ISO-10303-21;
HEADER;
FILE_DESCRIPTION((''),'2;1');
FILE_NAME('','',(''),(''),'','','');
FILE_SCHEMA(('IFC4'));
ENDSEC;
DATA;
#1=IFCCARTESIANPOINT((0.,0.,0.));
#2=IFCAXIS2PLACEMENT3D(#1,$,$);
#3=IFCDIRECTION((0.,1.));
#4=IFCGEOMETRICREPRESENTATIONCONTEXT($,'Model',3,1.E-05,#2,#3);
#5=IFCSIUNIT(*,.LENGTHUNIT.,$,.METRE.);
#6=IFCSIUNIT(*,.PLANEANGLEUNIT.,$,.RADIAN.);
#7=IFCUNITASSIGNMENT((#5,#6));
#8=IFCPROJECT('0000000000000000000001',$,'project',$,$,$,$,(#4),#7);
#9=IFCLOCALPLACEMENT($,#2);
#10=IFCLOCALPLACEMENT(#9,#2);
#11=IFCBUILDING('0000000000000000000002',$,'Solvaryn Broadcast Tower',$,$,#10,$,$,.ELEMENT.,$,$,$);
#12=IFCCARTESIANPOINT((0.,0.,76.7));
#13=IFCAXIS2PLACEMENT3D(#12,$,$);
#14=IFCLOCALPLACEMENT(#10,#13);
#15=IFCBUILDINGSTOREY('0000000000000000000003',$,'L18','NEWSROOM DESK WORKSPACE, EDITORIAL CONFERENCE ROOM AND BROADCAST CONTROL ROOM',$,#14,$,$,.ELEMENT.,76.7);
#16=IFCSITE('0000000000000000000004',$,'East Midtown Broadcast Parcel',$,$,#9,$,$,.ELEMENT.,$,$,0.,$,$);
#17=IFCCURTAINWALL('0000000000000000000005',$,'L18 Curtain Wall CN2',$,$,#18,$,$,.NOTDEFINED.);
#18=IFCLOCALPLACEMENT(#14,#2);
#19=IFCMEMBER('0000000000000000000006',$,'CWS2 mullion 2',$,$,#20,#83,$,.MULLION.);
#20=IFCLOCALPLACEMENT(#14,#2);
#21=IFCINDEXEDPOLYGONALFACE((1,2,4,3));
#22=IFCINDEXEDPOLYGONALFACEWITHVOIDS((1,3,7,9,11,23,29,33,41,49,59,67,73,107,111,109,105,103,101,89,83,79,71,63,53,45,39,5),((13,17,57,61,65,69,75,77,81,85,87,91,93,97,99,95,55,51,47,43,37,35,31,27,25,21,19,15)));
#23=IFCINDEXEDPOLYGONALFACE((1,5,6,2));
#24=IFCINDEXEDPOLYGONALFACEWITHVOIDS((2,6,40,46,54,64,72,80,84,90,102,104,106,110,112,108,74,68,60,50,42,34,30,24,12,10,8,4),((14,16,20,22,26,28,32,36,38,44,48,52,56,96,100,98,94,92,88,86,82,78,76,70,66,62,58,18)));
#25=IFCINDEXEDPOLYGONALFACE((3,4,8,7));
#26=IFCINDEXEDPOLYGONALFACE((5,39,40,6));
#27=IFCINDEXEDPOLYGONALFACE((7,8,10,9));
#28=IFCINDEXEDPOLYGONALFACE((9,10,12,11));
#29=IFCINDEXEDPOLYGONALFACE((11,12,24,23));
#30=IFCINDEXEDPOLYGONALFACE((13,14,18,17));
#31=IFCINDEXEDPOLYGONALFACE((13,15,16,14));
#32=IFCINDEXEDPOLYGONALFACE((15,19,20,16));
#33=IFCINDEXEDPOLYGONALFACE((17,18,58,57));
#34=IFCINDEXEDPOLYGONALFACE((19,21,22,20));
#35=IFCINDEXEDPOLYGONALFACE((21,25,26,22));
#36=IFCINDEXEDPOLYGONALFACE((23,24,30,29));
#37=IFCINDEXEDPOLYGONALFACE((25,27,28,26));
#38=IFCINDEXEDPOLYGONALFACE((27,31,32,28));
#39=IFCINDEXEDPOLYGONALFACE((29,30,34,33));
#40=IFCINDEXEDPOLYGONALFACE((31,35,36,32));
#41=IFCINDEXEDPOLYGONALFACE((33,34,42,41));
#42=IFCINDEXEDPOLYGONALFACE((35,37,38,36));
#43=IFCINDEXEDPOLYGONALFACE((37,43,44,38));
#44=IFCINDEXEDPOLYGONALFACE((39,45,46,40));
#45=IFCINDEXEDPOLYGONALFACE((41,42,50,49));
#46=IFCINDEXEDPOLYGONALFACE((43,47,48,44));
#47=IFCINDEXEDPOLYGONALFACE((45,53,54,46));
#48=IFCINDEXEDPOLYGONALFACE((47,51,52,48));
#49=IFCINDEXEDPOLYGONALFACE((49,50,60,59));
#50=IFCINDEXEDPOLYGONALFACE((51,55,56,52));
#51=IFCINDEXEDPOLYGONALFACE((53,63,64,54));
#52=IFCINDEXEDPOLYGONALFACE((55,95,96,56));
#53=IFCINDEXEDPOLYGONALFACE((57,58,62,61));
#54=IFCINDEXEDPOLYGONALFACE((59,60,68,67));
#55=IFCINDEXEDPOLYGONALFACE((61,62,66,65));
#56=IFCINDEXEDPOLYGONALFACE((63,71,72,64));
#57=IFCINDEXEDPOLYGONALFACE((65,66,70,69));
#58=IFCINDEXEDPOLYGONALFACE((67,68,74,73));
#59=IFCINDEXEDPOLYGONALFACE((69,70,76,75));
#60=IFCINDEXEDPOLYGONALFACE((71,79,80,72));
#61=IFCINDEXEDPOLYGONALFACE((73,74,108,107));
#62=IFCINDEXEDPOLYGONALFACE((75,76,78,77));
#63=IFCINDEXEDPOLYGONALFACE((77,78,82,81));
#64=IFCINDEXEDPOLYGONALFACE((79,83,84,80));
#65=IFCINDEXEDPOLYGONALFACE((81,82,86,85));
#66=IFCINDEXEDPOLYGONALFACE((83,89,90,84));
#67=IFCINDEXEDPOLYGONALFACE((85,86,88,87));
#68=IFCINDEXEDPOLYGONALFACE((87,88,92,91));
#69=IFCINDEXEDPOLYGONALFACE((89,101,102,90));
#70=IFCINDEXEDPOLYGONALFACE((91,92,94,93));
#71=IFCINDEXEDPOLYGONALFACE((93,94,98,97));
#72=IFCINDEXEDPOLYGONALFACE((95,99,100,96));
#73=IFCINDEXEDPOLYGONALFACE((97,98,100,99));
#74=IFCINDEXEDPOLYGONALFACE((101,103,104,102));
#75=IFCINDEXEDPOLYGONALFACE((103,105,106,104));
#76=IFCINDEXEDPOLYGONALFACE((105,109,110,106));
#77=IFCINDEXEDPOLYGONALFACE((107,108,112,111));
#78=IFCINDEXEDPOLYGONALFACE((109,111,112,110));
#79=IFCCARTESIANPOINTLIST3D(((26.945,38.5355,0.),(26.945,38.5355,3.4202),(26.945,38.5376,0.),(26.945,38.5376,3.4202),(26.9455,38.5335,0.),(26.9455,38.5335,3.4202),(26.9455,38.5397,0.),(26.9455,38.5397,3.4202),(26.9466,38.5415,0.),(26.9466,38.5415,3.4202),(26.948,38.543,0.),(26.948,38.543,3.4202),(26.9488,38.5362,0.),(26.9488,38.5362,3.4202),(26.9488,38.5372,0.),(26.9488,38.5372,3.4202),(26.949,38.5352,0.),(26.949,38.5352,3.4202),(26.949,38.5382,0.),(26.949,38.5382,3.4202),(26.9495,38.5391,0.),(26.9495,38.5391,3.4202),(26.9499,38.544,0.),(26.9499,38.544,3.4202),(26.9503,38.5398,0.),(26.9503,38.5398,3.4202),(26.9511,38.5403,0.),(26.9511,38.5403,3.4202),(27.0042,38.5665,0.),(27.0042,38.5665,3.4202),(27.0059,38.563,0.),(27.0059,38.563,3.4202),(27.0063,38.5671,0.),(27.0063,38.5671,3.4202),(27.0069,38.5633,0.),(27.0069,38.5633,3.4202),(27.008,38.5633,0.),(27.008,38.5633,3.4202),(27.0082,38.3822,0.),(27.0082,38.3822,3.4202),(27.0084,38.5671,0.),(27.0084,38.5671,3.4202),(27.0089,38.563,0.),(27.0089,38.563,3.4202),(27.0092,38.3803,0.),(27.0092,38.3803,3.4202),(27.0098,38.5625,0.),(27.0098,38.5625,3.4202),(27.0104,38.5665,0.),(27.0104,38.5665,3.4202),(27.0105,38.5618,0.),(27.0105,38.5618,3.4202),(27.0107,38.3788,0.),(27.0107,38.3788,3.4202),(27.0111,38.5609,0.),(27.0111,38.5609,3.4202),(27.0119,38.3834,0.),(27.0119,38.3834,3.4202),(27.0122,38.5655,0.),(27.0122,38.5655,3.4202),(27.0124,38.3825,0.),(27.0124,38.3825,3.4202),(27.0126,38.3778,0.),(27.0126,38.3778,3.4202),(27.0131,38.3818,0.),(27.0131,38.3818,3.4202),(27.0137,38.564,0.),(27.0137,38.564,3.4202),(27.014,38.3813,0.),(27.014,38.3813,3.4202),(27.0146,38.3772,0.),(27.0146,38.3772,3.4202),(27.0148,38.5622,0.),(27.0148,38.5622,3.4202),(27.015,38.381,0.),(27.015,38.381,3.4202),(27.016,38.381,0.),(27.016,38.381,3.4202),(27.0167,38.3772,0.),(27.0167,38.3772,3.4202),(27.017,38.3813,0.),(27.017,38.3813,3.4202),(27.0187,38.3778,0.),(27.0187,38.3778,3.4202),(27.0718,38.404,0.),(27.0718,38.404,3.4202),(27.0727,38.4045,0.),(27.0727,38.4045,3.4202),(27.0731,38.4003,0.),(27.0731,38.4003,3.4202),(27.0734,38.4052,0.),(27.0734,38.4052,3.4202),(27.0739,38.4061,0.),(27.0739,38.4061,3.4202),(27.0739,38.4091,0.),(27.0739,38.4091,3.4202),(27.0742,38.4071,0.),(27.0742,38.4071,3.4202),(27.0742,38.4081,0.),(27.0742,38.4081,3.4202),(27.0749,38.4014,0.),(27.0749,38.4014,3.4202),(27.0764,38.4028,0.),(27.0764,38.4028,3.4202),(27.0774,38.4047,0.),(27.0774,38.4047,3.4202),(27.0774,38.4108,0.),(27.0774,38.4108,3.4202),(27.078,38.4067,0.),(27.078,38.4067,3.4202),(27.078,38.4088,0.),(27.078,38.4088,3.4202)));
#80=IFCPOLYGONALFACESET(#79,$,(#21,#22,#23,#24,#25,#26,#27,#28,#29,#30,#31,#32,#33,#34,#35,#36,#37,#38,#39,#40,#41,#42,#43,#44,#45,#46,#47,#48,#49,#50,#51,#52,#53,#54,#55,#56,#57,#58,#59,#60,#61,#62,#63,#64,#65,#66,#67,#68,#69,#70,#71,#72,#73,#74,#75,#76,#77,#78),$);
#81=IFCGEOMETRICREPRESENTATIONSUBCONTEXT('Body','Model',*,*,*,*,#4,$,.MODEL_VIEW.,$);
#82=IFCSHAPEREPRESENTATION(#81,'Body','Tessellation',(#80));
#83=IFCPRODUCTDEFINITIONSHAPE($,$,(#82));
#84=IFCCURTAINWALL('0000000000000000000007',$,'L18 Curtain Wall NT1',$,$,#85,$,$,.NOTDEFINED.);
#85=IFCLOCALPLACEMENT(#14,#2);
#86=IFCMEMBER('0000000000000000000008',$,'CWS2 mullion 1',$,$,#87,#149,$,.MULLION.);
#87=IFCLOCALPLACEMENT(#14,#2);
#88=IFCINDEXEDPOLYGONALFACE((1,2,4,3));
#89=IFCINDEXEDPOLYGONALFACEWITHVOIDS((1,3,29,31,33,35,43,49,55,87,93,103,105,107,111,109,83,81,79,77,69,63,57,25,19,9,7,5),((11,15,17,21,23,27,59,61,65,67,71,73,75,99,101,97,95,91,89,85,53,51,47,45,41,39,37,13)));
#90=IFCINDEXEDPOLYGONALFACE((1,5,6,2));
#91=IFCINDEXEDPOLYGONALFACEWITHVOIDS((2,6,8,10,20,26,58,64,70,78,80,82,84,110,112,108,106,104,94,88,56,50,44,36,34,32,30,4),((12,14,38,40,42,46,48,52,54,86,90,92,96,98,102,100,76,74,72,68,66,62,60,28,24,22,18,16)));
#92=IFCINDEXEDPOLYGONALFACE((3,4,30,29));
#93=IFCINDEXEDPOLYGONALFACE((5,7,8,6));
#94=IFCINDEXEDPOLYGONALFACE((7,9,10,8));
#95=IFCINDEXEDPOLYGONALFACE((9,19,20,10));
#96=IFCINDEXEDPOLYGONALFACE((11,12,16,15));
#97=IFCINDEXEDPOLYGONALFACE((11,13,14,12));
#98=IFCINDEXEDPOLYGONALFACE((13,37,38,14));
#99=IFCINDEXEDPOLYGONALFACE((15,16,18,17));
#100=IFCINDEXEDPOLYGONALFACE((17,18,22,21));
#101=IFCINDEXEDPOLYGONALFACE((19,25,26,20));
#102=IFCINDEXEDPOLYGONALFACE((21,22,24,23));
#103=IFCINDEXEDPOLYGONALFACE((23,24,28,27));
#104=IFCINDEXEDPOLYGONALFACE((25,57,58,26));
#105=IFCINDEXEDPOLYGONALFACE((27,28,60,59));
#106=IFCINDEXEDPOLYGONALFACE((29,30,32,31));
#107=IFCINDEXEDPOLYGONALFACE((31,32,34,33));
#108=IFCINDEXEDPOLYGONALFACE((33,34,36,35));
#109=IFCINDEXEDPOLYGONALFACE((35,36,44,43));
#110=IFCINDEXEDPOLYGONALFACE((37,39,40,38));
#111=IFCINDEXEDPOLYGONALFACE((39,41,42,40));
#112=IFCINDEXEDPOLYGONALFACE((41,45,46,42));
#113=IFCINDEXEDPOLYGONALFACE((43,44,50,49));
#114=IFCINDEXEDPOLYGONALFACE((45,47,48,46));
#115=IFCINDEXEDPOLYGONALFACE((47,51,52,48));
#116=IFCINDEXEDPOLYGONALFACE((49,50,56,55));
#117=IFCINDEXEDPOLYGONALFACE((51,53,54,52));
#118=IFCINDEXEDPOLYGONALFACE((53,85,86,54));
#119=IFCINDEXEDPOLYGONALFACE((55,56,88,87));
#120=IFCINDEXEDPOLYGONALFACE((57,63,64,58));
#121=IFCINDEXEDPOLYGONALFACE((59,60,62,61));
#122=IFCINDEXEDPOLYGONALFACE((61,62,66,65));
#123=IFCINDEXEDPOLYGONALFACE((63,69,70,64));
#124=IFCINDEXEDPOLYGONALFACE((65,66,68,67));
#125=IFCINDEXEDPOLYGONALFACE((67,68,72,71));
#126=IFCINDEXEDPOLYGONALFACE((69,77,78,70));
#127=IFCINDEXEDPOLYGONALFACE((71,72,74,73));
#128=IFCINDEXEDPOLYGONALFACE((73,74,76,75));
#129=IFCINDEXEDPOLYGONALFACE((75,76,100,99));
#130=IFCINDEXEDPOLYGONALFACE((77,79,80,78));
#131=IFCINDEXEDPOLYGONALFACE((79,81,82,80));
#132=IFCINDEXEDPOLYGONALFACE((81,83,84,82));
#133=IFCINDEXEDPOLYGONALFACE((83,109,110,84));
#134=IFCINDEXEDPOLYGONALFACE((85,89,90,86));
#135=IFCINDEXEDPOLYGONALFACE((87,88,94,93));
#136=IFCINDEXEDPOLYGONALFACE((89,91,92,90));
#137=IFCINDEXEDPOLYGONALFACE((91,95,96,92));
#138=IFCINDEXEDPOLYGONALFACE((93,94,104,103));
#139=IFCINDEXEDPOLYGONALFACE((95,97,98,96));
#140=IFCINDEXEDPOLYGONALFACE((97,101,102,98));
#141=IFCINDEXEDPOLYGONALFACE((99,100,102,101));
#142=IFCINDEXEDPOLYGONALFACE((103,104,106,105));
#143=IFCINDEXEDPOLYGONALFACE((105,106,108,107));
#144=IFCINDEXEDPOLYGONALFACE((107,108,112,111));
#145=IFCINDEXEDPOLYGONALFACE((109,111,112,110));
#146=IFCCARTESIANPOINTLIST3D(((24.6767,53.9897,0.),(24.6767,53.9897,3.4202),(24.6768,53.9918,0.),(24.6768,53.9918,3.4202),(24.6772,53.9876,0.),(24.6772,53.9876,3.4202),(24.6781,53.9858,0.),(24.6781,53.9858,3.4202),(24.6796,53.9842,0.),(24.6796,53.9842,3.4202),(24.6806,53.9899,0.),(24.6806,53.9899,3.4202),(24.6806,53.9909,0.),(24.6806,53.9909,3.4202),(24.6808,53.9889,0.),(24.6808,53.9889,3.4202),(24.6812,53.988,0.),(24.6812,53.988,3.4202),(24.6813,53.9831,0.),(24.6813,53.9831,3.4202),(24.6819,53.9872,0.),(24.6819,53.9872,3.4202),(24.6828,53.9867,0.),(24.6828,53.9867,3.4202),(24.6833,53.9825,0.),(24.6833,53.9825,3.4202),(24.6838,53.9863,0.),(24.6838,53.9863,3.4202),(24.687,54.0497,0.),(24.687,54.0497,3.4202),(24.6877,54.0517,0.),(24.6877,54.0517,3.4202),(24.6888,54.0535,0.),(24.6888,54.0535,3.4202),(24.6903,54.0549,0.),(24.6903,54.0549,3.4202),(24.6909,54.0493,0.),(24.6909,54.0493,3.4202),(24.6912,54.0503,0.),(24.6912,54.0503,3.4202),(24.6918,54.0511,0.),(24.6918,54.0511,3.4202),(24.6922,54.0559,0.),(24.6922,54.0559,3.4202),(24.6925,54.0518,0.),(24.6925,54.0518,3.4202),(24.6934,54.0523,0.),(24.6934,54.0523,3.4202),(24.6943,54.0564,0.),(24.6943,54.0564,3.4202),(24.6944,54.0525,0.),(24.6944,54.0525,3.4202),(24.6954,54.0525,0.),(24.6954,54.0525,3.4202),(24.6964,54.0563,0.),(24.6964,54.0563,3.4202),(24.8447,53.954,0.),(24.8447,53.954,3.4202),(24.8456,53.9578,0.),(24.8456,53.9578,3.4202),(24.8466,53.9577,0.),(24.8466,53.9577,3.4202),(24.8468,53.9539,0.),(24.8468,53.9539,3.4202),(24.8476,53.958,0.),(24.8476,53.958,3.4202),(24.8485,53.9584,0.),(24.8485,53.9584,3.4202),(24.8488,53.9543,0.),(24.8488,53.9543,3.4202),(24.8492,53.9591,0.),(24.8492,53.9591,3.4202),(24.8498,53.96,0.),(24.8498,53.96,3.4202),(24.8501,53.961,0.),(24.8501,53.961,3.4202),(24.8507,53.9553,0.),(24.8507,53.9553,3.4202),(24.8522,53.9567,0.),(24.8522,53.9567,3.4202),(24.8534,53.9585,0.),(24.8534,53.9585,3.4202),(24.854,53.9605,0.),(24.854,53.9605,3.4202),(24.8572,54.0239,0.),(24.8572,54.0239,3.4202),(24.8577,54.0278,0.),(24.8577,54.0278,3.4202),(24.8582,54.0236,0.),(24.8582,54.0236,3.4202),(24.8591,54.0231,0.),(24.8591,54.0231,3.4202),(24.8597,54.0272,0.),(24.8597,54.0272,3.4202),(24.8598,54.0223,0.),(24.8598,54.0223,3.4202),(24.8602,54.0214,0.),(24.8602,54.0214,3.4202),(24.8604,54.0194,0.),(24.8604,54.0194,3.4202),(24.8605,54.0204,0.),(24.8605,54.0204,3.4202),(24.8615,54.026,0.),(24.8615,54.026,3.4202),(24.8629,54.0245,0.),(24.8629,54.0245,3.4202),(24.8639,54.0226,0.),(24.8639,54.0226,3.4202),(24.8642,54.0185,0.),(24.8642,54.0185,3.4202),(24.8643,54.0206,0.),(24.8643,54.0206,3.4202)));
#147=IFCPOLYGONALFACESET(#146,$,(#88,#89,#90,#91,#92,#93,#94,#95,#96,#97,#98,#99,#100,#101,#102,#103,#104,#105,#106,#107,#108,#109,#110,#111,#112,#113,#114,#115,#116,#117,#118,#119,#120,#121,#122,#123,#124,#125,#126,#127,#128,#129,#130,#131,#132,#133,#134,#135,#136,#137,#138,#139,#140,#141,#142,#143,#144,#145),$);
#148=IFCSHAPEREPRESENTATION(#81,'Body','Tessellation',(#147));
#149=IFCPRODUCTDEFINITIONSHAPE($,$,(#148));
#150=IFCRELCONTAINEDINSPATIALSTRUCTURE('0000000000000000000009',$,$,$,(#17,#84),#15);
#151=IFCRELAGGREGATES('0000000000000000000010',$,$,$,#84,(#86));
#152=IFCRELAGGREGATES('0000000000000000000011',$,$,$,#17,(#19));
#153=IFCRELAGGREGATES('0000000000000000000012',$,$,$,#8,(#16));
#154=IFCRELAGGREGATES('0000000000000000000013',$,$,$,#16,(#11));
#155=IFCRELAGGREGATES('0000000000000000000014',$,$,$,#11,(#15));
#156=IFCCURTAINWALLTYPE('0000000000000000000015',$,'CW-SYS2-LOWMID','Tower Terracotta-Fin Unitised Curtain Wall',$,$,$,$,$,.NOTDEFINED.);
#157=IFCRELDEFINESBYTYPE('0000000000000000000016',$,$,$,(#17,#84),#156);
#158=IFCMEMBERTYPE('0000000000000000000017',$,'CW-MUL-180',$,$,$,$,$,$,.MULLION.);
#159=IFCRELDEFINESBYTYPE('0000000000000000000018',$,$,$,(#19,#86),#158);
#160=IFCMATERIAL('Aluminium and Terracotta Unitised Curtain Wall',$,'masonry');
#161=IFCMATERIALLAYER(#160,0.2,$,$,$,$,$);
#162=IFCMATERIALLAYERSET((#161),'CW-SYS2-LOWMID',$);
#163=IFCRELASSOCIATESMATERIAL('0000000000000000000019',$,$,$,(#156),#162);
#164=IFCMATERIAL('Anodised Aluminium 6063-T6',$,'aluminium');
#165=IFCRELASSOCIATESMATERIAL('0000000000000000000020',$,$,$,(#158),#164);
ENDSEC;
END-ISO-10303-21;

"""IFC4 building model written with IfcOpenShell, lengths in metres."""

from ifc_helpers import new_model, si_unit, direction, frame, origin, origin_2d, place, context, subcontext, project, spatial, hollow_rectangle, extrude, material, layer, layer_set, material_profile, profile_set, type_object, element, aggregate, save


model = new_model("IFC4")

# Units and contexts
model_context = context("Model", 3, precision=1e-05, world=origin(), true_north=direction((0.0, 1.0)))
body_context = subcontext(model_context, "Body", "Model", "MODEL_VIEW")
ifc_project = project(units=[si_unit("LENGTHUNIT", "METRE"), si_unit("PLANEANGLEUNIT", "RADIAN")], contexts=[model_context])

# Site, building, storey
site_placement = place(None, origin())
site = spatial("IfcSite", under=ifc_project, at=site_placement, Name="East Midtown Broadcast Parcel", CompositionType="ELEMENT", RefElevation=0.0)
building_placement = place(site_placement, origin())
building = spatial("IfcBuilding", under=site, at=building_placement, Name="Solvaryn Broadcast Tower", CompositionType="ELEMENT")
storey_placement = place(building_placement, frame((0.0, 0.0, 76.7)))
storey = spatial("IfcBuildingStorey", under=building, at=storey_placement, Name="L18", Description="NEWSROOM DESK WORKSPACE, EDITORIAL CONFERENCE ROOM AND BROADCAST CONTROL ROOM", CompositionType="ELEMENT", Elevation=76.7)

# Shared definitions
ifc_material_1 = material(Name="Aluminium and Terracotta Unitised Curtain Wall", Category="masonry")
ifc_layer_1 = layer(ifc_material_1, 0.2)
ifc_layer_set_1 = layer_set([ifc_layer_1], Name="CW-SYS2-LOWMID")
curtain_wall_type = type_object("IfcCurtainWallType", Name="CW-SYS2-LOWMID", Description="Tower Terracotta-Fin Unitised Curtain Wall", PredefinedType="NOTDEFINED", material=ifc_layer_set_1)
ifc_material_2 = material(Name="Anodised Aluminium 6063-T6", Category="aluminium")
ifc_material_profile_1 = material_profile(ifc_material_2, hollow_rectangle(XDim=0.075, YDim=0.1799, WallThickness=0.0039, InnerFilletRadius=0.0039, OuterFilletRadius=0.0081, at=origin_2d()))
ifc_profile_set_1 = profile_set([ifc_material_profile_1], Name="Anodised Aluminium 6063-T6")
member_type_1 = type_object("IfcMemberType", Name="CW-MUL-180", PredefinedType="MULLION", material=ifc_profile_set_1)

# Curtain walls, members
curtain_wall_1_placement = place(storey_placement, origin())
curtain_wall_1 = element("IfcCurtainWall", 1, at=curtain_wall_1_placement, inside=storey, type_object=curtain_wall_type, Name="L18 Curtain Wall CN2", PredefinedType="NOTDEFINED")
member_1_placement = place(storey_placement, frame((27.0115, 38.4722, 0.0), z_axis=(0.0, 0.0, 1.0), x_axis=(-0.923895, -0.382646, 0.0)))
member_1 = element("IfcMember", 2, at=member_1_placement, type_object=member_type_1, Name="CWS2 mullion 2", PredefinedType="MULLION", context=body_context, shape_type="SweptSolid", body=[
    extrude(hollow_rectangle(XDim=0.075, YDim=0.1799, WallThickness=0.0039, InnerFilletRadius=0.0039, OuterFilletRadius=0.0081, at=origin_2d()), origin(), (0.0, 0.0, 1.0), 3.4202),
])
curtain_wall_2_placement = place(storey_placement, origin())
curtain_wall_2 = element("IfcCurtainWall", 3, at=curtain_wall_2_placement, inside=storey, type_object=curtain_wall_type, Name="L18 Curtain Wall NT1", PredefinedType="NOTDEFINED")
member_2_placement = place(storey_placement, frame((24.7705, 54.0051, 0.0), z_axis=(0.0, 0.0, 1.0), x_axis=(-0.173785, -0.984784, 0.0)))
member_2 = element("IfcMember", 4, at=member_2_placement, type_object=member_type_1, Name="CWS2 mullion 1", PredefinedType="MULLION", context=body_context, shape_type="SweptSolid", body=[
    extrude(hollow_rectangle(XDim=0.075, YDim=0.1799, WallThickness=0.0039, InnerFilletRadius=0.0039, OuterFilletRadius=0.0081, at=origin_2d()), origin(), (0.0, 0.0, 1.0), 3.4202),
])

aggregate(curtain_wall_2, [member_2])

aggregate(curtain_wall_1, [member_1])

save(model, "model.ifc")
